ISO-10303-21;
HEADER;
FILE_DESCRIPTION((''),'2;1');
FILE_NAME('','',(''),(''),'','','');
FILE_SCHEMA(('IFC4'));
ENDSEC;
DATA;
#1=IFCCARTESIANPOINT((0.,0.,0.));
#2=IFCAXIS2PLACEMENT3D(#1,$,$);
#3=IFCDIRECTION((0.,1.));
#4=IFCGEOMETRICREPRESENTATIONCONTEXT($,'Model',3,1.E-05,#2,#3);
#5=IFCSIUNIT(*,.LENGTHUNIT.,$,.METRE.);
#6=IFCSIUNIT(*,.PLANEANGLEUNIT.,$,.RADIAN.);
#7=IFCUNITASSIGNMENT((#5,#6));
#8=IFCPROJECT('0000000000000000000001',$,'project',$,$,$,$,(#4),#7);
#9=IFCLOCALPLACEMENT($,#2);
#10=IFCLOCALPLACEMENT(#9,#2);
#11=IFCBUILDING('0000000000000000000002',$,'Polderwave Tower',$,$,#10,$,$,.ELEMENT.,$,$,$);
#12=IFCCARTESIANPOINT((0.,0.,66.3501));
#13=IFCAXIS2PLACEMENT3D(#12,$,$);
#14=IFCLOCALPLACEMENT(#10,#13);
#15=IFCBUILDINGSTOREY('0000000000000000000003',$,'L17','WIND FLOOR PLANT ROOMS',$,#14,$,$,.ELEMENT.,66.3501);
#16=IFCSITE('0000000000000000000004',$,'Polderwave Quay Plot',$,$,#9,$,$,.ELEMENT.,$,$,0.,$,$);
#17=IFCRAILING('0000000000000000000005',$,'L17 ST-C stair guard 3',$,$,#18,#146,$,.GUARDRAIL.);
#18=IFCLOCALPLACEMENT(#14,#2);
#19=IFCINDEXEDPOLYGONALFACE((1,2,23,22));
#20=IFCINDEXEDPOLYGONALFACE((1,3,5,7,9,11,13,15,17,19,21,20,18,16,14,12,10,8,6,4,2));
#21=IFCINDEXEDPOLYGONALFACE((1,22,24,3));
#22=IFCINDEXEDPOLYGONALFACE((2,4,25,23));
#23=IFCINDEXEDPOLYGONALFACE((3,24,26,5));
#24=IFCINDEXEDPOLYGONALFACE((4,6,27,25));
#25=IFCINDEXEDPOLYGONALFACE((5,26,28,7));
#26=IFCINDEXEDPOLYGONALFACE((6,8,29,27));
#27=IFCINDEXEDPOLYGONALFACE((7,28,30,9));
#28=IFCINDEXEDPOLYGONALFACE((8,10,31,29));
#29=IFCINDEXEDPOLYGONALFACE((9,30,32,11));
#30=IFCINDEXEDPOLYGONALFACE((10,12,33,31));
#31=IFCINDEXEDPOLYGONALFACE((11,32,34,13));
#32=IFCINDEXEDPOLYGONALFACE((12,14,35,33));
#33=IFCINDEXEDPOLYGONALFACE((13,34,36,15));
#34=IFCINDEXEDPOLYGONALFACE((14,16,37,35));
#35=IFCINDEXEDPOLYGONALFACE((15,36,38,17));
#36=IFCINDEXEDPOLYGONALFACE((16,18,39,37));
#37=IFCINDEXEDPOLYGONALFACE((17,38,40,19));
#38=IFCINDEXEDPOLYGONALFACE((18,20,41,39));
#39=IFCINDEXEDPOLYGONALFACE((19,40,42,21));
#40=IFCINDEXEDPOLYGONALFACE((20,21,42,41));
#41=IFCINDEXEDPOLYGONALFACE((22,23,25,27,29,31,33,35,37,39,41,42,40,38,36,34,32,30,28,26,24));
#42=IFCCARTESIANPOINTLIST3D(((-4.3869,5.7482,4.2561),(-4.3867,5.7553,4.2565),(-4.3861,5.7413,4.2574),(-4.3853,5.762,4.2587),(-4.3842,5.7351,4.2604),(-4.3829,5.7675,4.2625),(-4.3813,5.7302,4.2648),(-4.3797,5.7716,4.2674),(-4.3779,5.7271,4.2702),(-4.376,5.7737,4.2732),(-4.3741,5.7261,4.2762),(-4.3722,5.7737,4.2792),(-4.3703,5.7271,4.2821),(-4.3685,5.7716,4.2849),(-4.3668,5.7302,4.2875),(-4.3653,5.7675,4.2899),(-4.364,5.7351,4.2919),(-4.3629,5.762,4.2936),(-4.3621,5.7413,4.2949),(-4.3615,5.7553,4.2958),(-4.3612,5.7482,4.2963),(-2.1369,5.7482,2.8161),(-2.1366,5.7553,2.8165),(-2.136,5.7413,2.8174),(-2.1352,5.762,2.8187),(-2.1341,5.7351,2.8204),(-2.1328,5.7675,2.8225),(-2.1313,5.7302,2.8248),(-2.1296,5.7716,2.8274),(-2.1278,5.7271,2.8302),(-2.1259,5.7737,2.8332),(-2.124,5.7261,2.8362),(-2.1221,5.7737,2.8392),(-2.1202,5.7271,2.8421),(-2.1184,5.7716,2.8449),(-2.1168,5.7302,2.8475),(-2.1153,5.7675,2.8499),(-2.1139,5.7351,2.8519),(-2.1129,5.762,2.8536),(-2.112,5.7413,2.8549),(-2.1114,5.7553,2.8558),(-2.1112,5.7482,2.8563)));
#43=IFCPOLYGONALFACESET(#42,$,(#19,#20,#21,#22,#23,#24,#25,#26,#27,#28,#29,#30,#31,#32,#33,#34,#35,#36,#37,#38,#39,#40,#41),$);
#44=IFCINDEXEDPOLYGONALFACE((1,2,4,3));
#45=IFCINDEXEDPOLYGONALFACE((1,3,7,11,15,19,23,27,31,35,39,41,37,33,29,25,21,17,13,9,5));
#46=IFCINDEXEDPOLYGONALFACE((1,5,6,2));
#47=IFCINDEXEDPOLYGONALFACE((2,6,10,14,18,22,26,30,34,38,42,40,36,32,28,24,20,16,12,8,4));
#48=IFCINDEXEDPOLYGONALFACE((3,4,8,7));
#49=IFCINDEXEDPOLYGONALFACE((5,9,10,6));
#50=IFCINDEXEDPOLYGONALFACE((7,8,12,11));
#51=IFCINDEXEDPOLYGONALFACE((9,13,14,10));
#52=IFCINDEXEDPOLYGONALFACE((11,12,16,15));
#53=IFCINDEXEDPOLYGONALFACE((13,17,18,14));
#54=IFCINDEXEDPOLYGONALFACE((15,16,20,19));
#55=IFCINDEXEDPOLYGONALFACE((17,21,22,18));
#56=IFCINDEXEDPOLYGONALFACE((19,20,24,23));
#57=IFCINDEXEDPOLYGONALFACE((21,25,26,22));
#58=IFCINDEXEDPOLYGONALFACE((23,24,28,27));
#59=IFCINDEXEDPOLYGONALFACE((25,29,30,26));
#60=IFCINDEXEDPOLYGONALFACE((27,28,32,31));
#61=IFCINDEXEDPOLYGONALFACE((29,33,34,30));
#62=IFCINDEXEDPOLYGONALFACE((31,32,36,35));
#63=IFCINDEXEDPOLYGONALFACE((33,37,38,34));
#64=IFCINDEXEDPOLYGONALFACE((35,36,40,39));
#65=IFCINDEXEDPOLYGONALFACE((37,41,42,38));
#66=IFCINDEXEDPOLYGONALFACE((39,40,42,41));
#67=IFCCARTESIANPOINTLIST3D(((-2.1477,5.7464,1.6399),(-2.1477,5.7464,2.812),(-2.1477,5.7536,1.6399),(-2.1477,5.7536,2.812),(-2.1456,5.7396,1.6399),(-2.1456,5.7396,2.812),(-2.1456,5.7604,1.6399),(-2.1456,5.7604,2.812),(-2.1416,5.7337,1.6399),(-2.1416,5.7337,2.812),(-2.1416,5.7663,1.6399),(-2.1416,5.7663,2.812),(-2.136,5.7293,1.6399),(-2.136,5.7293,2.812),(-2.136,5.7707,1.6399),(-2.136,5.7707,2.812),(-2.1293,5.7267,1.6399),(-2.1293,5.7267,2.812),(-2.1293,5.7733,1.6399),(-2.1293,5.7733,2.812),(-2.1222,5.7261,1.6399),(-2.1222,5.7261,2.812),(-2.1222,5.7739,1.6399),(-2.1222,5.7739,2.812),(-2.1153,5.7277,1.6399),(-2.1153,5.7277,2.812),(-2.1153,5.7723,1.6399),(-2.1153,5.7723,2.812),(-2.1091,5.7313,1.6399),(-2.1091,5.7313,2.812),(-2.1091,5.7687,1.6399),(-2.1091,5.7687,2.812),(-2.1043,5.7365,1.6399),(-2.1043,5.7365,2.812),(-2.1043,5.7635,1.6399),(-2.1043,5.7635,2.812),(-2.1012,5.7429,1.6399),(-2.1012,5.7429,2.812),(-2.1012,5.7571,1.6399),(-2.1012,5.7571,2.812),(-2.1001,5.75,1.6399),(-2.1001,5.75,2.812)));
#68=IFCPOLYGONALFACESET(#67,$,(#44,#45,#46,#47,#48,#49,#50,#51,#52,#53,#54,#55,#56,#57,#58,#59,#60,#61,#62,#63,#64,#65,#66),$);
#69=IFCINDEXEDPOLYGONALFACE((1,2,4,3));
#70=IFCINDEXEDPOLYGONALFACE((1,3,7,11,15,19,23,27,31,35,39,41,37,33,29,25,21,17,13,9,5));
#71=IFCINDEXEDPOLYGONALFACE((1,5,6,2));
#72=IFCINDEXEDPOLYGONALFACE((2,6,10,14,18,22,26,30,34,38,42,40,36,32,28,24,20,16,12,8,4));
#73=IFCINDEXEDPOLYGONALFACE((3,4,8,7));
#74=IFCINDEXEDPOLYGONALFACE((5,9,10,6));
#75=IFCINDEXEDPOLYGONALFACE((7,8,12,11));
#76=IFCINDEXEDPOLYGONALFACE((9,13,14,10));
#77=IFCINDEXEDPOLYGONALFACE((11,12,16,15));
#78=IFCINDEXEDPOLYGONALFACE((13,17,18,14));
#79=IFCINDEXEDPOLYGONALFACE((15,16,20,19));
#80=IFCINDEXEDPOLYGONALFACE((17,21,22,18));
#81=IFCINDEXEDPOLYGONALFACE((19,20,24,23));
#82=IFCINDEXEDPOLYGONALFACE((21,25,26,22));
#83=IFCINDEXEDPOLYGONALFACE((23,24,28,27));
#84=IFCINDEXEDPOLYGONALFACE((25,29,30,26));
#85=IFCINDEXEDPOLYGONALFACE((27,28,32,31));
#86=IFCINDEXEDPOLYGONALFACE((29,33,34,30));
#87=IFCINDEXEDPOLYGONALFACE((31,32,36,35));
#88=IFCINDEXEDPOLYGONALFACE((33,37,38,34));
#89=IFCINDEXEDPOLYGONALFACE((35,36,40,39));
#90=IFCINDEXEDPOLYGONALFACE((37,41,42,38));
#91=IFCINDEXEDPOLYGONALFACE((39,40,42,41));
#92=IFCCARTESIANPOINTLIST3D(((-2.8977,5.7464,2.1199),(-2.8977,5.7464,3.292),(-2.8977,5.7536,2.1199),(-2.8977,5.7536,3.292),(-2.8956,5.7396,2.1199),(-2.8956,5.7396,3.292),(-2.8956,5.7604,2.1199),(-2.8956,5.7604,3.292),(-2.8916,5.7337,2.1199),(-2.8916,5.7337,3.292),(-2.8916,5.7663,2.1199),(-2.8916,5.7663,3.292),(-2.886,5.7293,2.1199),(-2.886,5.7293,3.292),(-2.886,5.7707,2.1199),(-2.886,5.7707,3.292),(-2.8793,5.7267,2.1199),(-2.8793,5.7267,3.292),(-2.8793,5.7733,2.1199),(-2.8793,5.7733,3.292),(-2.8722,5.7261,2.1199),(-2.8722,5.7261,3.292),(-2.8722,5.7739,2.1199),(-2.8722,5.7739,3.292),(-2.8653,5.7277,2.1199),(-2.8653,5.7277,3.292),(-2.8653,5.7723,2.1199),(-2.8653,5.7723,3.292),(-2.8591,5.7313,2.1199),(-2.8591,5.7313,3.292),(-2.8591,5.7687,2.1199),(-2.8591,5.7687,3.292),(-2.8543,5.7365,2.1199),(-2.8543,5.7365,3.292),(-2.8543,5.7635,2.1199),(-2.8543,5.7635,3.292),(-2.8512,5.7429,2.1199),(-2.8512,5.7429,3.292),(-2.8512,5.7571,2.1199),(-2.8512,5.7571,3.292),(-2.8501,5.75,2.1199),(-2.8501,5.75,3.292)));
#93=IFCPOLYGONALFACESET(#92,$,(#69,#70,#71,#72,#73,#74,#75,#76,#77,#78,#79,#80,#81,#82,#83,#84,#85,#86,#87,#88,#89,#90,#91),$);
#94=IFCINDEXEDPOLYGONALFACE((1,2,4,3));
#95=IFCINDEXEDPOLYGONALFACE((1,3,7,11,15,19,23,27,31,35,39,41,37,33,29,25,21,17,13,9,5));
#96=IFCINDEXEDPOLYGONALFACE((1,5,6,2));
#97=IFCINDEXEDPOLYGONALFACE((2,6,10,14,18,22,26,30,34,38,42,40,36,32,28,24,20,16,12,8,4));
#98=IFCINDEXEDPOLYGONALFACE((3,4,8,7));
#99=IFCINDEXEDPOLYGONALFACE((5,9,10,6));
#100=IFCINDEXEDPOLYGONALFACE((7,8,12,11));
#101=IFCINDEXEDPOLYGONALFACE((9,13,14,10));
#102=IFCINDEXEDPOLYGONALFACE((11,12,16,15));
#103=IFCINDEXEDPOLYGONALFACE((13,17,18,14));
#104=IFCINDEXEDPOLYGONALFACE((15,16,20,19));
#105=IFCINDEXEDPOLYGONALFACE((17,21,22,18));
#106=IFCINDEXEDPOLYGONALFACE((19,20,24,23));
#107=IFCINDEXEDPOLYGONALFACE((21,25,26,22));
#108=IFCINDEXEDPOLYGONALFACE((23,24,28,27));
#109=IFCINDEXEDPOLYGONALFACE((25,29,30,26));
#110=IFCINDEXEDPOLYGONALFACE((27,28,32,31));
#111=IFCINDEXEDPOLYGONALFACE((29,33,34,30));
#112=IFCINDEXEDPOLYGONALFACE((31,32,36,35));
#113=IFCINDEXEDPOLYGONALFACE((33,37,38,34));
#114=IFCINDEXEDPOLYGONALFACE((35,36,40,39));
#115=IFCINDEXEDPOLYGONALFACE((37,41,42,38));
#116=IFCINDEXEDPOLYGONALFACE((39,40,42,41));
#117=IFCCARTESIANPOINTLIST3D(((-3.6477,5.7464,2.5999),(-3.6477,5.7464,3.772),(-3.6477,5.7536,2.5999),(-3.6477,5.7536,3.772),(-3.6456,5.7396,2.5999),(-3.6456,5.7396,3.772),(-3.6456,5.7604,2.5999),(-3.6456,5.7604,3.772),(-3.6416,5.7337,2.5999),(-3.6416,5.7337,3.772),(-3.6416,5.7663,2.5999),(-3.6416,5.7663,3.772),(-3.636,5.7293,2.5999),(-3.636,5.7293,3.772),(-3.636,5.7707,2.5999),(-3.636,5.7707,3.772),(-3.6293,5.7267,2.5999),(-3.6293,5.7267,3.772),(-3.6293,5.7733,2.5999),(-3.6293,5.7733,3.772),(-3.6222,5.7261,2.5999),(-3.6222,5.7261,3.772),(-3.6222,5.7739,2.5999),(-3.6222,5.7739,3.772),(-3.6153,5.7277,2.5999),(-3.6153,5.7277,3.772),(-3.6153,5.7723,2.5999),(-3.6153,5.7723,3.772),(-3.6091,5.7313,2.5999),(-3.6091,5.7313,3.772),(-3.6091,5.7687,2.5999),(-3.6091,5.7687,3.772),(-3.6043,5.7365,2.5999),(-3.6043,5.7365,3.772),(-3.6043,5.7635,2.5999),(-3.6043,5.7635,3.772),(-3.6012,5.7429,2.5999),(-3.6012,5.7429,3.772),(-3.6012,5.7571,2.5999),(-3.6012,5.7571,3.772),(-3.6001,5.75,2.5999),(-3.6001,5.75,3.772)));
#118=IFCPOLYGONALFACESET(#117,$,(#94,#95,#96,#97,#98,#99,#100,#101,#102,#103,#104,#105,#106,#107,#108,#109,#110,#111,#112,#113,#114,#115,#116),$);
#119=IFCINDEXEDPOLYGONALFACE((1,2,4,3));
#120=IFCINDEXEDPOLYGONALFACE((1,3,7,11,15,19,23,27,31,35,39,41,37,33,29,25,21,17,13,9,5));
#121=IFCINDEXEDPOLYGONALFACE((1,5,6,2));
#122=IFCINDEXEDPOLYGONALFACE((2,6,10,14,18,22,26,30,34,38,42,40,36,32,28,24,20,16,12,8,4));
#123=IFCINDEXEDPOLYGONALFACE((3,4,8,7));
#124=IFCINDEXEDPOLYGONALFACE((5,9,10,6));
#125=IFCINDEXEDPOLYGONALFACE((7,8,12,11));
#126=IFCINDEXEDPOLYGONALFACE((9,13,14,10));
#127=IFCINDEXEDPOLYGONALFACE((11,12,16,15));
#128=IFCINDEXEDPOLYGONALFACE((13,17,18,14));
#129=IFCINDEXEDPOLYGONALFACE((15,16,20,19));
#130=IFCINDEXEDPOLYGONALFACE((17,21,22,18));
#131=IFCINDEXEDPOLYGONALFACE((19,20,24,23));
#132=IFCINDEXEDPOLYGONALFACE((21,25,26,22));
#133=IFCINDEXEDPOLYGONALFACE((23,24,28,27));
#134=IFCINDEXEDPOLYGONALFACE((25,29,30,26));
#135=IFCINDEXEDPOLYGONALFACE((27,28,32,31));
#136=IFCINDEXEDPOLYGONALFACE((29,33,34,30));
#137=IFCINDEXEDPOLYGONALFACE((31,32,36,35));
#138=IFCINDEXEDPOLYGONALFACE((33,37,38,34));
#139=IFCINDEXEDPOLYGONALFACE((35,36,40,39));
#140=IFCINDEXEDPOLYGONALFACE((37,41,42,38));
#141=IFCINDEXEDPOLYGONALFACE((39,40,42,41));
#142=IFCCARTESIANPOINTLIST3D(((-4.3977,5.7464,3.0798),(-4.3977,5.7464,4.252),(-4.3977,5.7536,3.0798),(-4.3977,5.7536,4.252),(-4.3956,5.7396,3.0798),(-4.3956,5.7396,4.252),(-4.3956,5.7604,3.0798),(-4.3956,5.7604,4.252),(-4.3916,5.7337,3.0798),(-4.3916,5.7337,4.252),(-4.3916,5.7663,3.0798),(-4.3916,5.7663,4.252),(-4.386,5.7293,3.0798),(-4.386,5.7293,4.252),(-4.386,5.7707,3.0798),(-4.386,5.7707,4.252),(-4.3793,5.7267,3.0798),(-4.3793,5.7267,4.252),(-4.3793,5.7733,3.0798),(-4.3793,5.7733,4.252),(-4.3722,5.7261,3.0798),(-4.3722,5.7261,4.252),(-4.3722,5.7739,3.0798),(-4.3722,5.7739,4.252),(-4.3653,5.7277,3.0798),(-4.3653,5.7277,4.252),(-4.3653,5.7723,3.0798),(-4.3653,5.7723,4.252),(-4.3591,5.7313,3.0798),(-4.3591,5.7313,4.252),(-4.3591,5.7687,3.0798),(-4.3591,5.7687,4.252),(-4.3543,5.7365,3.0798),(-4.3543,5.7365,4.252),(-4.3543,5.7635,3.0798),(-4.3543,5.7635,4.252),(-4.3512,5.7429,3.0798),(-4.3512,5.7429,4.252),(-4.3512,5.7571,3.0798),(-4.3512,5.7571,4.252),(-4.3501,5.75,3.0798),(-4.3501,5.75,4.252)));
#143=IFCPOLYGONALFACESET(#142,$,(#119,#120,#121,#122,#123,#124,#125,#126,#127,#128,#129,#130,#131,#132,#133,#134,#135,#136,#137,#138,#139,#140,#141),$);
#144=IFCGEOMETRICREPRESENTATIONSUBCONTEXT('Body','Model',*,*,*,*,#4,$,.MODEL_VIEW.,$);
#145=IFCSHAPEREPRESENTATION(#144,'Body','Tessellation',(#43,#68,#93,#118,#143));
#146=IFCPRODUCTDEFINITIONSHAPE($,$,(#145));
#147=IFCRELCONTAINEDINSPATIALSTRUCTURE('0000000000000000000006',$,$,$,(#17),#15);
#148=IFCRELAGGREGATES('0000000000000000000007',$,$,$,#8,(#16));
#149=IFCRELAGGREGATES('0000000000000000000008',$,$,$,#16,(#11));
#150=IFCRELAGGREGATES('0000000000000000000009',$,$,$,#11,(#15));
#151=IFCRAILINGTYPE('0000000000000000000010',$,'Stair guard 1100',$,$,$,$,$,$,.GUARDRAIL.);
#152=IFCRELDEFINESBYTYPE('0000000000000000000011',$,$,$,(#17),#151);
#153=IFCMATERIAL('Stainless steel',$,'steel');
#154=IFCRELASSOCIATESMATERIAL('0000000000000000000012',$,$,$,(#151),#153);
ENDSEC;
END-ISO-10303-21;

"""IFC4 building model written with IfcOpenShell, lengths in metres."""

from ifc_helpers import new_model, si_unit, direction, frame, origin, origin_2d, place, context, subcontext, project, spatial, circle, extrude, material, type_object, element, save


model = new_model("IFC4")

# Units and contexts
model_context = context("Model", 3, precision=1e-05, world=origin(), true_north=direction((0.0, 1.0)))
body_context = subcontext(model_context, "Body", "Model", "MODEL_VIEW")
ifc_project = project(units=[si_unit("LENGTHUNIT", "METRE"), si_unit("PLANEANGLEUNIT", "RADIAN")], contexts=[model_context])

# Site, building, storey
site_placement = place(None, origin())
site = spatial("IfcSite", under=ifc_project, at=site_placement, Name="Polderwave Quay Plot", CompositionType="ELEMENT", RefElevation=0.0)
building_placement = place(site_placement, origin())
building = spatial("IfcBuilding", under=site, at=building_placement, Name="Polderwave Tower", CompositionType="ELEMENT")
storey_placement = place(building_placement, frame((0.0, 0.0, 66.3501)))
storey = spatial("IfcBuildingStorey", under=building, at=storey_placement, Name="L17", Description="WIND FLOOR PLANT ROOMS", CompositionType="ELEMENT", Elevation=66.3501)

# Railing
ifc_material_1 = material(Name="Stainless steel", Category="steel")
railing_type_1 = type_object("IfcRailingType", Name="Stair guard 1100", PredefinedType="GUARDRAIL", material=ifc_material_1)
railing_1_placement = place(storey_placement, frame((-2.124, 5.75, 1.6399)))
element("IfcRailing", 1, at=railing_1_placement, inside=storey, type_object=railing_type_1, Name="L17 ST-C stair guard 3", PredefinedType="GUARDRAIL", context=body_context, shape_type="SweptSolid", body=[
    extrude(circle(Radius=0.0239, at=origin_2d()), frame((0.0, 0.0, 1.1963), z_axis=(-0.842281, 0.0, 0.539038), x_axis=(0.0, -1.0, 0.0)), (0.0, 0.0, 1.0), 2.6714),
    extrude(circle(Radius=0.0239, at=origin_2d()), origin(), (0.0, 0.0, 1.0), 1.1721),
    extrude(circle(Radius=0.0239, at=origin_2d()), frame((-0.75, 0.0, 0.48)), (0.0, 0.0, 1.0), 1.1721),
    extrude(circle(Radius=0.0239, at=origin_2d()), frame((-1.5, 0.0, 0.96)), (0.0, 0.0, 1.0), 1.1721),
    extrude(circle(Radius=0.0239, at=origin_2d()), frame((-2.25, 0.0, 1.4399)), (0.0, 0.0, 1.0), 1.1721),
])

save(model, "model.ifc")
